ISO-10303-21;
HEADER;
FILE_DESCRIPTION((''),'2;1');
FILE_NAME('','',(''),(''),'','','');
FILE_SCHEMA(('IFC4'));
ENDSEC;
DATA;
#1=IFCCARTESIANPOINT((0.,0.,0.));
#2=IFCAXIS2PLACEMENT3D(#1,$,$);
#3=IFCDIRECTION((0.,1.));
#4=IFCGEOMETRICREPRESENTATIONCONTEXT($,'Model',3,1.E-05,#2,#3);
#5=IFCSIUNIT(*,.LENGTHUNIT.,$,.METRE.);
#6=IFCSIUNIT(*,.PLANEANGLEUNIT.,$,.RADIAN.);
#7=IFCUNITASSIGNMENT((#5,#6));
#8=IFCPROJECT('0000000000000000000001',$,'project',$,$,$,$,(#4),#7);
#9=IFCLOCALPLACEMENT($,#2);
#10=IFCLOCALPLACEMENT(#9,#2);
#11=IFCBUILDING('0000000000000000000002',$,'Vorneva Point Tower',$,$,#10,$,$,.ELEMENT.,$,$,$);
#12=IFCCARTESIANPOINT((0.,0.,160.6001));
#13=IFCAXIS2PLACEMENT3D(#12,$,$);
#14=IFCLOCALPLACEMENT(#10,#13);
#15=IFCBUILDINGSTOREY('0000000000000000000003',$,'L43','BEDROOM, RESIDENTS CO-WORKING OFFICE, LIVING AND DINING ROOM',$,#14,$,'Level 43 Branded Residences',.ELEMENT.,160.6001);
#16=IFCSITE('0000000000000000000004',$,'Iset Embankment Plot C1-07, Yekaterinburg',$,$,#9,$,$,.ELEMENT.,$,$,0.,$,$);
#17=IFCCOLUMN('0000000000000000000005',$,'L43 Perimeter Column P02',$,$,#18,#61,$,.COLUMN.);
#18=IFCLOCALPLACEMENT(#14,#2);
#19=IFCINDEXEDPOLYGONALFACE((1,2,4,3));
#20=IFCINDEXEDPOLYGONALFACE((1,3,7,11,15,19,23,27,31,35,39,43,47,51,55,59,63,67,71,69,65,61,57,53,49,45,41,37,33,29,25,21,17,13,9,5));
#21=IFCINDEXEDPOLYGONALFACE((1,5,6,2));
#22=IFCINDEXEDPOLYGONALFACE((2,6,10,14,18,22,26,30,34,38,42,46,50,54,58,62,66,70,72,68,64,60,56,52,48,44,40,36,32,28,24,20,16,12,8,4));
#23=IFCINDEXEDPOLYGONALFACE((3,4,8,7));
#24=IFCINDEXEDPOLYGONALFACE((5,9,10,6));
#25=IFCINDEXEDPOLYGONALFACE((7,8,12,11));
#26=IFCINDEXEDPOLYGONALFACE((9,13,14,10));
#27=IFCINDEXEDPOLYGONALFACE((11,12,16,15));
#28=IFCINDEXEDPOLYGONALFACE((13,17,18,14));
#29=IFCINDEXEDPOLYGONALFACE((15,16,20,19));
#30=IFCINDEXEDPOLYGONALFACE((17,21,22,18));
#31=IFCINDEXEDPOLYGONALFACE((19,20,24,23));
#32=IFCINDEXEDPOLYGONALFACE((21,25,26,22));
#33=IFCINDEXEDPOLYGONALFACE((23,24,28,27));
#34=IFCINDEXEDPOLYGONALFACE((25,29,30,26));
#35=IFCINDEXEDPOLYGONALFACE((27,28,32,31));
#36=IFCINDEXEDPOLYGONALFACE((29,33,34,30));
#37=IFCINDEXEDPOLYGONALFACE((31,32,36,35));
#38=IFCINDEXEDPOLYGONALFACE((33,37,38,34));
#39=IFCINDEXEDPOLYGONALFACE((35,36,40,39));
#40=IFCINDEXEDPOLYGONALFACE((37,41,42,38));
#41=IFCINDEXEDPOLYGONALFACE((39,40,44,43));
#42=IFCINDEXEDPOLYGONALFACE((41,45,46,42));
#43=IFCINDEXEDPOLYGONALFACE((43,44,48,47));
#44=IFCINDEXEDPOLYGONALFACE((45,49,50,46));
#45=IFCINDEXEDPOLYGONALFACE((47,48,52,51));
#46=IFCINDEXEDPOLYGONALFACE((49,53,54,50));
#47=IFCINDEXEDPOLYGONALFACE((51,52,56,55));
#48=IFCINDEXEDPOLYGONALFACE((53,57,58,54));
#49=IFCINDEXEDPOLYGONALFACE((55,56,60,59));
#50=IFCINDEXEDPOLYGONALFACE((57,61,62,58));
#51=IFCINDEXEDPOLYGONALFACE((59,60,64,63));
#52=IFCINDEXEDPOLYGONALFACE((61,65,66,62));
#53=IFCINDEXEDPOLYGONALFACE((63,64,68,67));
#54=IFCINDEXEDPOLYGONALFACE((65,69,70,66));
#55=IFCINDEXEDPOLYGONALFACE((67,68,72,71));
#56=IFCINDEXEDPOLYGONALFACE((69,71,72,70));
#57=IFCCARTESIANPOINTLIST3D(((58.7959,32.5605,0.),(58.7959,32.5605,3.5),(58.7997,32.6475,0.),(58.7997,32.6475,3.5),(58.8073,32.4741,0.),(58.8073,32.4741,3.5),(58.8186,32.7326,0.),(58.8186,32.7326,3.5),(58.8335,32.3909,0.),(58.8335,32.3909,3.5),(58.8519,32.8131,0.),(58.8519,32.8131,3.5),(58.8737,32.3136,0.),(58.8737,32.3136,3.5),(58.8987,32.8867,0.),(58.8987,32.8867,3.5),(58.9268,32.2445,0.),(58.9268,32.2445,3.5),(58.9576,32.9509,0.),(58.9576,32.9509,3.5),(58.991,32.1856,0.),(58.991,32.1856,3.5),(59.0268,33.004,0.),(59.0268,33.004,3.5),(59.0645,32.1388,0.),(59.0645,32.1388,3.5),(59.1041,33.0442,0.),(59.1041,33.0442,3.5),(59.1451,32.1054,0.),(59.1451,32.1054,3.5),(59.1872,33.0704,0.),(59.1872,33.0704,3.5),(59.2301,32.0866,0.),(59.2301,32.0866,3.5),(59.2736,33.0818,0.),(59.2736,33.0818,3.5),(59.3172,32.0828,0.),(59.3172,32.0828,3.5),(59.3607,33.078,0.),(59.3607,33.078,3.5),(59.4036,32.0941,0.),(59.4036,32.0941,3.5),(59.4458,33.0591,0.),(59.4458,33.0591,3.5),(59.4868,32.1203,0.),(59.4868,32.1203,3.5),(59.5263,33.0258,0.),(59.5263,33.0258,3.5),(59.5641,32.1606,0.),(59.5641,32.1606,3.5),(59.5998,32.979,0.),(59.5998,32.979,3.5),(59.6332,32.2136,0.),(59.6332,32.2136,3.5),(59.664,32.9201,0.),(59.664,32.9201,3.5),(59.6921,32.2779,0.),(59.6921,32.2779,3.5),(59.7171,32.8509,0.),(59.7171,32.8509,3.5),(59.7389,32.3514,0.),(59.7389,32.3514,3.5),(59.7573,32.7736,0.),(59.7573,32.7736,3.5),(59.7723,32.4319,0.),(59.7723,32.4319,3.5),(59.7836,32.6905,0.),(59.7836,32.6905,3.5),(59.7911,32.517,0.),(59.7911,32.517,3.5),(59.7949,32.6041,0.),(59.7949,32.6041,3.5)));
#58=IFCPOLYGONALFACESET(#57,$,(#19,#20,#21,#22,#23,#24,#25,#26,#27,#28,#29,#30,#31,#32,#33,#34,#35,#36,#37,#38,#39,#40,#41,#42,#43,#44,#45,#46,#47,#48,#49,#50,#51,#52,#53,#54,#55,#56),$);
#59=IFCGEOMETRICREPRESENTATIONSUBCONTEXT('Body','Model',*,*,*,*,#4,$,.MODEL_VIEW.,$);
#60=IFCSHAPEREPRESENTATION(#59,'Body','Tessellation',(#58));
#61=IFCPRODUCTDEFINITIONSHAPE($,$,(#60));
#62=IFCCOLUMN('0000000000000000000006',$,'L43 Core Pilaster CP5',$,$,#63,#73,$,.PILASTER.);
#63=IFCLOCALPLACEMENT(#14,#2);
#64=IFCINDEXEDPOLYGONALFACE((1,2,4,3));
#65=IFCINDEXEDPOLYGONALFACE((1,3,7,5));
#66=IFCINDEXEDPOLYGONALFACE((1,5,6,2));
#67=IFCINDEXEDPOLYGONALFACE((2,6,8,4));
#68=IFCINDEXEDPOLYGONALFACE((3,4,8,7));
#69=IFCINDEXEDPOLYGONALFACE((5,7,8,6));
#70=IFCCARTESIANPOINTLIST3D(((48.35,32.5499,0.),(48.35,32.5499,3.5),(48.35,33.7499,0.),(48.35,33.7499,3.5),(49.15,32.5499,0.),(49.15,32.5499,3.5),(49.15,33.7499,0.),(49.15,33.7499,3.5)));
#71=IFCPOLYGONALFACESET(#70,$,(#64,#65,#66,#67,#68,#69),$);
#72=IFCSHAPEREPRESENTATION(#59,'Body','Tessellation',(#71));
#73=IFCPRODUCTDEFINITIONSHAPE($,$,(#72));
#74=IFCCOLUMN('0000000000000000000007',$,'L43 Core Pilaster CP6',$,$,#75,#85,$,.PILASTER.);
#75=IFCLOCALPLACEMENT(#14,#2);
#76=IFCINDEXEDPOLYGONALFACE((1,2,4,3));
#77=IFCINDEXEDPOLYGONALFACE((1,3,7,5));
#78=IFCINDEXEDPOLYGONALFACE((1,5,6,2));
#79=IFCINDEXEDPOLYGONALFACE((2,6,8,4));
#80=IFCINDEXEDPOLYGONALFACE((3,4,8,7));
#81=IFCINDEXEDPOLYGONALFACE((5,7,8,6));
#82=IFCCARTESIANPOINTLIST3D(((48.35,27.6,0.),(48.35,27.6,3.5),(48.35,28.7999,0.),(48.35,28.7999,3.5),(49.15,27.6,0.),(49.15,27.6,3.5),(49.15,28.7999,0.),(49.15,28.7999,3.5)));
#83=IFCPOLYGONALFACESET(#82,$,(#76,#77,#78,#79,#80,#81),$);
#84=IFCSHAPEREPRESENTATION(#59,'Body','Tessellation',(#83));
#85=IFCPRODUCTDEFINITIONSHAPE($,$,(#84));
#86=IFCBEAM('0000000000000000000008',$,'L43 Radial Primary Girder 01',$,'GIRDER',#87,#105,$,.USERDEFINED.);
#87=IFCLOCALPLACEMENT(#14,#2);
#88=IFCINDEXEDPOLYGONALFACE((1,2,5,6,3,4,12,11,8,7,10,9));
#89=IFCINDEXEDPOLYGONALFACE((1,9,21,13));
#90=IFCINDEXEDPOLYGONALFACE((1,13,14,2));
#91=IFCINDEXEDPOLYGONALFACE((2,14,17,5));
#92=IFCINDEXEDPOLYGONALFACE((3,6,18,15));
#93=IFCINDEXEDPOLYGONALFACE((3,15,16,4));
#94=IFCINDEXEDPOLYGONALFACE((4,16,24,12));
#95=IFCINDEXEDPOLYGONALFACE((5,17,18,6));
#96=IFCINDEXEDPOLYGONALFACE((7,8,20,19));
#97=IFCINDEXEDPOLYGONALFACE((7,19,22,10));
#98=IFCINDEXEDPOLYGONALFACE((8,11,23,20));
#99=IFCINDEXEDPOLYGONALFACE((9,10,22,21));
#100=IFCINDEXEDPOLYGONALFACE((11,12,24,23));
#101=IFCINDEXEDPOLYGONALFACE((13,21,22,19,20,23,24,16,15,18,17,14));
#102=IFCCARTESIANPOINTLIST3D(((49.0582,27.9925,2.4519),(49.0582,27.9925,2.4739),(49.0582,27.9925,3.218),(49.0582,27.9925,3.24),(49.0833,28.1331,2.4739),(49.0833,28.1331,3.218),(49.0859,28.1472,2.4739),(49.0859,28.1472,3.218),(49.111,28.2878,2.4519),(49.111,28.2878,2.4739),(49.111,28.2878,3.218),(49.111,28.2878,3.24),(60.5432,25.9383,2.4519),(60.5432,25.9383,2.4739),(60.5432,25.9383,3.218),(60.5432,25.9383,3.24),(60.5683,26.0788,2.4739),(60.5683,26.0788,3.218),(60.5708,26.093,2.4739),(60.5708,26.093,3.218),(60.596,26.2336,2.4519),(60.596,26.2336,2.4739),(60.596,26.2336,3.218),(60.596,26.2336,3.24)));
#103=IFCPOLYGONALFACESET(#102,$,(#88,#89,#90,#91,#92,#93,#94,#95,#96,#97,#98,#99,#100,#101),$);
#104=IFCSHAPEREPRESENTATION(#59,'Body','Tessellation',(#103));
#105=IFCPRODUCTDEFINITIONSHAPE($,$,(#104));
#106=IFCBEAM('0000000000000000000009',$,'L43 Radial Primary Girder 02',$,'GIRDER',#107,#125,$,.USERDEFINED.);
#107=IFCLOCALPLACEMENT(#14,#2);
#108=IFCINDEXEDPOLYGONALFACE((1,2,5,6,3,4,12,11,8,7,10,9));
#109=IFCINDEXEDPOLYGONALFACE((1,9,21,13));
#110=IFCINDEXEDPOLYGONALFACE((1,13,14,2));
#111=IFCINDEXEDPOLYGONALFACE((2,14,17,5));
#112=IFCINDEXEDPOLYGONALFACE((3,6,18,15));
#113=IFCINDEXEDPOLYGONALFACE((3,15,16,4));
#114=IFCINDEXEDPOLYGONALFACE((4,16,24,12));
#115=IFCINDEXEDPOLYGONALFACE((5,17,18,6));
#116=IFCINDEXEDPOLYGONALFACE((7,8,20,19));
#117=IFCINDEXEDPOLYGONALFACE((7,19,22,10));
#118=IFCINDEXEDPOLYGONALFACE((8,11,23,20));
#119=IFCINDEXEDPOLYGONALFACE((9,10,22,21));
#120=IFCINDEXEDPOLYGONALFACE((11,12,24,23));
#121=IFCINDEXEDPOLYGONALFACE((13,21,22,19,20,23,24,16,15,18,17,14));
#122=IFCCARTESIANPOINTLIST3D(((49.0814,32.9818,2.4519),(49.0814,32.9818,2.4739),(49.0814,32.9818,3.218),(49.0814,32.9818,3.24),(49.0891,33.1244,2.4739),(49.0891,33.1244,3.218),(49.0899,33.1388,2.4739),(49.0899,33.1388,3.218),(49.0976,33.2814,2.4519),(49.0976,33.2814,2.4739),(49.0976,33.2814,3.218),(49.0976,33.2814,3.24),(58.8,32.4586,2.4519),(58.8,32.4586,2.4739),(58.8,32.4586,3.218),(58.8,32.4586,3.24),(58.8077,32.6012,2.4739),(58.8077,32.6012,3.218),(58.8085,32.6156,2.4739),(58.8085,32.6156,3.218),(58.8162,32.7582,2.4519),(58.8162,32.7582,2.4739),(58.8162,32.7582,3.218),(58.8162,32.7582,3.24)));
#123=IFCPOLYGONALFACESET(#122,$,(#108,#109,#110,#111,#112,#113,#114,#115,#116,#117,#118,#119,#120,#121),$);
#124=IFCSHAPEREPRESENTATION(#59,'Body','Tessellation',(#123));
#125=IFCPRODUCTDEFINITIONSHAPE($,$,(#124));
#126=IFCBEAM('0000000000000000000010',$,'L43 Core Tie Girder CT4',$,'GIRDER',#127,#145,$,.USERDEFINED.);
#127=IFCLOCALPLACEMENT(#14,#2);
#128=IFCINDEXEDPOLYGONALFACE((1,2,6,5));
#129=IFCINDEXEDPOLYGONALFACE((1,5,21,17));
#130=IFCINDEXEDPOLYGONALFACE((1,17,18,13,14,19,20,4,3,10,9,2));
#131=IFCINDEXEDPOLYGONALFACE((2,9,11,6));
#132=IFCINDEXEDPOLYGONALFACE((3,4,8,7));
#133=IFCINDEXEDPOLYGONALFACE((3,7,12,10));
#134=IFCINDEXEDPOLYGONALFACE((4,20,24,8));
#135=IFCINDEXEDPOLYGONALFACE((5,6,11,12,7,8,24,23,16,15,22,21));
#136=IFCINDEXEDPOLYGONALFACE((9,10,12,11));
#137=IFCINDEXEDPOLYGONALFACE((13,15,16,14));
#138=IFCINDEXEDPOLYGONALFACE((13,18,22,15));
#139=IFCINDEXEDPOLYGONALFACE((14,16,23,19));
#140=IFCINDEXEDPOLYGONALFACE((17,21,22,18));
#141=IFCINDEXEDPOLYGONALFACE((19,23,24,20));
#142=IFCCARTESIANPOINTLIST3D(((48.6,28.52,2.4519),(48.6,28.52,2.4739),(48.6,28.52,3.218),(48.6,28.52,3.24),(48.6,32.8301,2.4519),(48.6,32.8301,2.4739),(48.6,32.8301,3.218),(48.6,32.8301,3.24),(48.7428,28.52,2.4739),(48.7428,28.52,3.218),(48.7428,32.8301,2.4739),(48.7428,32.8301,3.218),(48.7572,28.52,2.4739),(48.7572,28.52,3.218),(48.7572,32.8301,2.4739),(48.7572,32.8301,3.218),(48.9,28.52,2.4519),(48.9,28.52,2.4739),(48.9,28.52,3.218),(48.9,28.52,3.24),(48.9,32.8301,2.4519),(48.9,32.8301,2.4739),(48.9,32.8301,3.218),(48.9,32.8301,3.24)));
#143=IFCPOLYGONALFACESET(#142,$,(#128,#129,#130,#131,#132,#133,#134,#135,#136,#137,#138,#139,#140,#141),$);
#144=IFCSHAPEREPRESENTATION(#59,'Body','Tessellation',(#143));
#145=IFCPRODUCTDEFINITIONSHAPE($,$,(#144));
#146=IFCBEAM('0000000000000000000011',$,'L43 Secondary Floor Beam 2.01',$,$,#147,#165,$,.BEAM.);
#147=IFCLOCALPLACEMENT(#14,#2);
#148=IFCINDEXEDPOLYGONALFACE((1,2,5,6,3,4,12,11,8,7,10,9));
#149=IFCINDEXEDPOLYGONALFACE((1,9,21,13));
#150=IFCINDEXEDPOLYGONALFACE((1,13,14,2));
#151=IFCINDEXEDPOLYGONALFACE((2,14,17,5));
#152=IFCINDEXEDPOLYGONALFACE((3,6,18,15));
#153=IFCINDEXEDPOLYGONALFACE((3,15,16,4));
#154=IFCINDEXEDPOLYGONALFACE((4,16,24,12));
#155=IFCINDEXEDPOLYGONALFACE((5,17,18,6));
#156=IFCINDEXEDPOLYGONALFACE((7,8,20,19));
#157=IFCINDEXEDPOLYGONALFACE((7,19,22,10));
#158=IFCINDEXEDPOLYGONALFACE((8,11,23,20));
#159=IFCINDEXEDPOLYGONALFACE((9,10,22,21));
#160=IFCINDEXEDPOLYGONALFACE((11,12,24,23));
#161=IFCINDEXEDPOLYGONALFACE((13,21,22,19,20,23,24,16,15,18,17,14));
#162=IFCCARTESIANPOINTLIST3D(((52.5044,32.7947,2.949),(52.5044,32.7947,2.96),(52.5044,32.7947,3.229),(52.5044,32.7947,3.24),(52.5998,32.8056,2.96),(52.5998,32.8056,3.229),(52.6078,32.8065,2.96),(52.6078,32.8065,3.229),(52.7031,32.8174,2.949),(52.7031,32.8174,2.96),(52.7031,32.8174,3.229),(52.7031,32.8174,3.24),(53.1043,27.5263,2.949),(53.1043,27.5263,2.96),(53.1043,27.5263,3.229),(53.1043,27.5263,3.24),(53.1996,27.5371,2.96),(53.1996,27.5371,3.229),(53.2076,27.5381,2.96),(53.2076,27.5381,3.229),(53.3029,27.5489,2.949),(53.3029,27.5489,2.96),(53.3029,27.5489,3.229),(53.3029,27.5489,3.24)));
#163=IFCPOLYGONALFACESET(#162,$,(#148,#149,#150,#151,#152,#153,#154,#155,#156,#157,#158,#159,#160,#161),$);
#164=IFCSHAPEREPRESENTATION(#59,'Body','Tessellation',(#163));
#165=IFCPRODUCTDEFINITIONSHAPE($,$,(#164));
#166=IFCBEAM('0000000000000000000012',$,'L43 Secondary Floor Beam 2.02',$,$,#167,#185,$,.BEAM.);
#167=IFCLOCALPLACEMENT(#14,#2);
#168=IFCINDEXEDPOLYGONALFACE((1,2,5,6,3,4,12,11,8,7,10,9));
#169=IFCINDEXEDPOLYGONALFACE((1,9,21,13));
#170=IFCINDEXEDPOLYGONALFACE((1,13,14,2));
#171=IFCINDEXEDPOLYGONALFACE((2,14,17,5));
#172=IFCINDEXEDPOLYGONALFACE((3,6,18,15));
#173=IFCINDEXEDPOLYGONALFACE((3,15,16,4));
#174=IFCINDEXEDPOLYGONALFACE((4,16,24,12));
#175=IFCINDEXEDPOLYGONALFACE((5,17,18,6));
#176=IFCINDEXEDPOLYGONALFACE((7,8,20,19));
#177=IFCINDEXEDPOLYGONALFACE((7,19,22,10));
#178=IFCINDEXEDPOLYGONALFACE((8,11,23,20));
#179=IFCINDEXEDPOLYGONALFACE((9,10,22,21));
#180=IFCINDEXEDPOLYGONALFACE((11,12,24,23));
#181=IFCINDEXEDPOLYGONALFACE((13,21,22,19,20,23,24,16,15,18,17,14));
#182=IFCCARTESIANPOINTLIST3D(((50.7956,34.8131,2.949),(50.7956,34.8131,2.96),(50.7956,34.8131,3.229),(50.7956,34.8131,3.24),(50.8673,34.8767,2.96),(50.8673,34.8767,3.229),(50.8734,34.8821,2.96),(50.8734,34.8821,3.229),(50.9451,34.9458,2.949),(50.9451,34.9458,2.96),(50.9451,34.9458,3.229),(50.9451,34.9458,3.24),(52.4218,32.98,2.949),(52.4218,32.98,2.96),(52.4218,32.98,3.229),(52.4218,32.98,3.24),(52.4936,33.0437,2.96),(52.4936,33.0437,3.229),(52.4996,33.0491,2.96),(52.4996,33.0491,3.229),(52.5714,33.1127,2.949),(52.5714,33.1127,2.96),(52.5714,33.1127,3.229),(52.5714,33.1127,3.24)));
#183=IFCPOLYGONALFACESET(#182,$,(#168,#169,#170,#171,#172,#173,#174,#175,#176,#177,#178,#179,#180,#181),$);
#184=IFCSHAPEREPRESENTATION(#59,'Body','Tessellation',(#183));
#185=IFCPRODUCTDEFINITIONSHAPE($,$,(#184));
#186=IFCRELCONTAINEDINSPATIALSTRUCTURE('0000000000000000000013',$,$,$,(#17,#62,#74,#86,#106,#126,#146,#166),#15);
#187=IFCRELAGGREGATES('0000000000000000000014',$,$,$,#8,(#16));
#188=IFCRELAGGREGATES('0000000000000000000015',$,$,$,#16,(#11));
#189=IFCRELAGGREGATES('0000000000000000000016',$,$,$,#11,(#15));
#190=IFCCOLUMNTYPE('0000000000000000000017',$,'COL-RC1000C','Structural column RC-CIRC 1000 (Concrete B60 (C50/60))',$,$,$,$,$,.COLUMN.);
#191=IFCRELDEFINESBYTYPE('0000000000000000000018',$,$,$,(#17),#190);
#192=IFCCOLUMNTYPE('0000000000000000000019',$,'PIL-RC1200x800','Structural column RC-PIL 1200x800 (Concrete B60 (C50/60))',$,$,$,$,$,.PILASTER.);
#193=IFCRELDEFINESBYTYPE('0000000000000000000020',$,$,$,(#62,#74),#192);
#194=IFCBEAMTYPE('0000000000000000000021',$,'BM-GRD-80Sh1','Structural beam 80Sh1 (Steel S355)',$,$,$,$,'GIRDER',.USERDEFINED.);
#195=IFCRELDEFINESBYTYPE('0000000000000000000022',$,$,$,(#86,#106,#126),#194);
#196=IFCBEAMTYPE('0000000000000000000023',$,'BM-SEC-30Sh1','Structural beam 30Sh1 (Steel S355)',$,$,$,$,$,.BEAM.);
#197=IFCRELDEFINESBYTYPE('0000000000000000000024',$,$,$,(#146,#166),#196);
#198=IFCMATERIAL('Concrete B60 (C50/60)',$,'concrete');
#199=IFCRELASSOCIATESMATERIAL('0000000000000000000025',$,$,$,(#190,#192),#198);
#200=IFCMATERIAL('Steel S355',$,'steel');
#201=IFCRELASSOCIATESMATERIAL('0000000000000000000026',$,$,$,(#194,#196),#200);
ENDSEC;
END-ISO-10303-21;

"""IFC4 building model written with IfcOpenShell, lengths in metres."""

from ifc_helpers import new_model, si_unit, direction, frame, origin, origin_2d, place, context, subcontext, project, spatial, rectangle, circle, i_section, extrude, material, material_profile, profile_set, type_object, element, save


model = new_model("IFC4")

# Units and contexts
model_context = context("Model", 3, precision=1e-05, world=origin(), true_north=direction((0.0, 1.0)))
body_context = subcontext(model_context, "Body", "Model", "MODEL_VIEW")
ifc_project = project(units=[si_unit("LENGTHUNIT", "METRE"), si_unit("PLANEANGLEUNIT", "RADIAN")], contexts=[model_context])

# Site, building, storey
site_placement = place(None, origin())
site = spatial("IfcSite", under=ifc_project, at=site_placement, Name="Iset Embankment Plot C1-07, Yekaterinburg", CompositionType="ELEMENT", RefElevation=0.0)
building_placement = place(site_placement, origin())
building = spatial("IfcBuilding", under=site, at=building_placement, Name="Vorneva Point Tower", CompositionType="ELEMENT")
storey_placement = place(building_placement, frame((0.0, 0.0, 160.6001)))
storey = spatial("IfcBuildingStorey", under=building, at=storey_placement, Name="L43", Description="BEDROOM, RESIDENTS CO-WORKING OFFICE, LIVING AND DINING ROOM", LongName="Level 43 Branded Residences", CompositionType="ELEMENT", Elevation=160.6001)

# Columns
ifc_material_1 = material(Name="Concrete B60 (C50/60)", Category="concrete")
ifc_material_profile_1 = material_profile(ifc_material_1, circle(Radius=0.5, at=origin_2d()), Name="RC-CIRC 1000")
ifc_profile_set_1 = profile_set([ifc_material_profile_1], Name="Concrete B60 (C50/60)")
column_type_1 = type_object("IfcColumnType", Name="COL-RC1000C", Description="Structural column RC-CIRC 1000 (Concrete B60 (C50/60))", PredefinedType="COLUMN", material=ifc_profile_set_1)
column_placement = place(storey_placement, frame((59.2954, 32.5823, 0.0), z_axis=(0.0, 0.0, 1.0), x_axis=(0.92388, 0.382683, 0.0)))
element("IfcColumn", 1, at=column_placement, inside=storey, type_object=column_type_1, Name="L43 Perimeter Column P02", PredefinedType="COLUMN", context=body_context, shape_type="SweptSolid", body=[
    extrude(circle(Radius=0.5, at=origin_2d()), origin(), (0.0, 0.0, 1.0), 3.5),
])
ifc_material_profile_2 = material_profile(ifc_material_1, rectangle(XDim=0.8, YDim=1.2, at=origin_2d()), Name="RC-PIL 1200x800")
ifc_profile_set_2 = profile_set([ifc_material_profile_2], Name="Concrete B60 (C50/60)")
column_type_2 = type_object("IfcColumnType", Name="PIL-RC1200x800", Description="Structural column RC-PIL 1200x800 (Concrete B60 (C50/60))", PredefinedType="PILASTER", material=ifc_profile_set_2)
for number, where, z_axis, x_axis, name in (
    (2, (48.75, 33.1499, 0.0), (0.0, 0.0, 1.0), (1.0, 0.0, 0.0), "L43 Core Pilaster CP5"),
    (3, (48.75, 28.2, 0.0), (0.0, 0.0, 1.0), (1.0, 0.0, 0.0), "L43 Core Pilaster CP6"),
):
    element("IfcColumn", number, at=place(storey_placement, frame(where, z_axis=z_axis, x_axis=x_axis)), inside=storey, type_object=column_type_2, Name=name, PredefinedType="PILASTER", context=body_context, shape_type="SweptSolid", body=[
        extrude(rectangle(XDim=0.8, YDim=1.2, at=origin_2d()), origin(), (0.0, 0.0, 1.0), 3.5),
    ])

# Beams
ifc_material_2 = material(Name="Steel S355", Category="steel")
ifc_material_profile_3 = material_profile(ifc_material_2, i_section(OverallWidth=0.3, OverallDepth=0.7881, WebThickness=0.0144, FlangeThickness=0.022, at=origin_2d()), Name="80Sh1")
ifc_profile_set_3 = profile_set([ifc_material_profile_3], Name="Steel S355")
beam_type_1 = type_object("IfcBeamType", Name="BM-GRD-80Sh1", Description="Structural beam 80Sh1 (Steel S355)", ElementType="GIRDER", PredefinedType="USERDEFINED", material=ifc_profile_set_3)
beam_1_placement = place(storey_placement, frame((60.5696, 26.0859, 2.8459), z_axis=(-0.984378, 0.176067, 0.0), x_axis=(-0.176067, -0.984378, 0.0)))
element("IfcBeam", 4, at=beam_1_placement, inside=storey, type_object=beam_type_1, Name="L43 Radial Primary Girder 01", ObjectType="GIRDER", PredefinedType="USERDEFINED", context=body_context, shape_type="SweptSolid", body=[
    extrude(i_section(OverallWidth=0.3, OverallDepth=0.7881, WebThickness=0.0144, FlangeThickness=0.022, at=origin_2d()), origin(), (0.0, 0.0, 1.0), 11.6672),
])
beam_2_placement = place(storey_placement, frame((58.8081, 32.6084, 2.8459), z_axis=(-0.998554, 0.053757, 0.0), x_axis=(-0.053757, -0.998554, 0.0)))
element("IfcBeam", 5, at=beam_2_placement, inside=storey, type_object=beam_type_1, Name="L43 Radial Primary Girder 02", ObjectType="GIRDER", PredefinedType="USERDEFINED", context=body_context, shape_type="SweptSolid", body=[
    extrude(i_section(OverallWidth=0.3, OverallDepth=0.7881, WebThickness=0.0144, FlangeThickness=0.022, at=origin_2d()), origin(), (0.0, 0.0, 1.0), 9.7327),
])
beam_3_placement = place(storey_placement, frame((48.75, 28.52, 2.8459), z_axis=(0.0, 1.0, 0.0), x_axis=(-1.0, 0.0, 0.0)))
element("IfcBeam", 6, at=beam_3_placement, inside=storey, type_object=beam_type_1, Name="L43 Core Tie Girder CT4", ObjectType="GIRDER", PredefinedType="USERDEFINED", context=body_context, shape_type="SweptSolid", body=[
    extrude(i_section(OverallWidth=0.3, OverallDepth=0.7881, WebThickness=0.0144, FlangeThickness=0.022, at=origin_2d()), origin(), (0.0, 0.0, 1.0), 4.3101),
])
ifc_material_profile_4 = material_profile(ifc_material_2, i_section(OverallWidth=0.2, OverallDepth=0.291, WebThickness=0.0081, FlangeThickness=0.011, at=origin_2d()), Name="30Sh1")
ifc_profile_set_4 = profile_set([ifc_material_profile_4], Name="Steel S355")
beam_type_2 = type_object("IfcBeamType", Name="BM-SEC-30Sh1", Description="Structural beam 30Sh1 (Steel S355)", PredefinedType="BEAM", material=ifc_profile_set_4)
beam_4_placement = place(storey_placement, frame((53.2036, 27.5376, 3.0945), z_axis=(-0.113125, 0.993581, 0.0), x_axis=(-0.993581, -0.113125, 0.0)))
element("IfcBeam", 7, at=beam_4_placement, inside=storey, type_object=beam_type_2, Name="L43 Secondary Floor Beam 2.01", PredefinedType="BEAM", context=body_context, shape_type="SweptSolid", body=[
    extrude(i_section(OverallWidth=0.2, OverallDepth=0.291, WebThickness=0.0081, FlangeThickness=0.011, at=origin_2d()), origin(), (0.0, 0.0, 1.0), 5.3025),
])
beam_5_placement = place(storey_placement, frame((52.4966, 33.0464, 3.0945), z_axis=(-0.663652, 0.748041, 0.0), x_axis=(-0.748041, -0.663652, 0.0)))
element("IfcBeam", 8, at=beam_5_placement, inside=storey, type_object=beam_type_2, Name="L43 Secondary Floor Beam 2.02", PredefinedType="BEAM", context=body_context, shape_type="SweptSolid", body=[
    extrude(i_section(OverallWidth=0.2, OverallDepth=0.291, WebThickness=0.0081, FlangeThickness=0.011, at=origin_2d()), origin(), (0.0, 0.0, 1.0), 2.4504),
])

save(model, "model.ifc")
